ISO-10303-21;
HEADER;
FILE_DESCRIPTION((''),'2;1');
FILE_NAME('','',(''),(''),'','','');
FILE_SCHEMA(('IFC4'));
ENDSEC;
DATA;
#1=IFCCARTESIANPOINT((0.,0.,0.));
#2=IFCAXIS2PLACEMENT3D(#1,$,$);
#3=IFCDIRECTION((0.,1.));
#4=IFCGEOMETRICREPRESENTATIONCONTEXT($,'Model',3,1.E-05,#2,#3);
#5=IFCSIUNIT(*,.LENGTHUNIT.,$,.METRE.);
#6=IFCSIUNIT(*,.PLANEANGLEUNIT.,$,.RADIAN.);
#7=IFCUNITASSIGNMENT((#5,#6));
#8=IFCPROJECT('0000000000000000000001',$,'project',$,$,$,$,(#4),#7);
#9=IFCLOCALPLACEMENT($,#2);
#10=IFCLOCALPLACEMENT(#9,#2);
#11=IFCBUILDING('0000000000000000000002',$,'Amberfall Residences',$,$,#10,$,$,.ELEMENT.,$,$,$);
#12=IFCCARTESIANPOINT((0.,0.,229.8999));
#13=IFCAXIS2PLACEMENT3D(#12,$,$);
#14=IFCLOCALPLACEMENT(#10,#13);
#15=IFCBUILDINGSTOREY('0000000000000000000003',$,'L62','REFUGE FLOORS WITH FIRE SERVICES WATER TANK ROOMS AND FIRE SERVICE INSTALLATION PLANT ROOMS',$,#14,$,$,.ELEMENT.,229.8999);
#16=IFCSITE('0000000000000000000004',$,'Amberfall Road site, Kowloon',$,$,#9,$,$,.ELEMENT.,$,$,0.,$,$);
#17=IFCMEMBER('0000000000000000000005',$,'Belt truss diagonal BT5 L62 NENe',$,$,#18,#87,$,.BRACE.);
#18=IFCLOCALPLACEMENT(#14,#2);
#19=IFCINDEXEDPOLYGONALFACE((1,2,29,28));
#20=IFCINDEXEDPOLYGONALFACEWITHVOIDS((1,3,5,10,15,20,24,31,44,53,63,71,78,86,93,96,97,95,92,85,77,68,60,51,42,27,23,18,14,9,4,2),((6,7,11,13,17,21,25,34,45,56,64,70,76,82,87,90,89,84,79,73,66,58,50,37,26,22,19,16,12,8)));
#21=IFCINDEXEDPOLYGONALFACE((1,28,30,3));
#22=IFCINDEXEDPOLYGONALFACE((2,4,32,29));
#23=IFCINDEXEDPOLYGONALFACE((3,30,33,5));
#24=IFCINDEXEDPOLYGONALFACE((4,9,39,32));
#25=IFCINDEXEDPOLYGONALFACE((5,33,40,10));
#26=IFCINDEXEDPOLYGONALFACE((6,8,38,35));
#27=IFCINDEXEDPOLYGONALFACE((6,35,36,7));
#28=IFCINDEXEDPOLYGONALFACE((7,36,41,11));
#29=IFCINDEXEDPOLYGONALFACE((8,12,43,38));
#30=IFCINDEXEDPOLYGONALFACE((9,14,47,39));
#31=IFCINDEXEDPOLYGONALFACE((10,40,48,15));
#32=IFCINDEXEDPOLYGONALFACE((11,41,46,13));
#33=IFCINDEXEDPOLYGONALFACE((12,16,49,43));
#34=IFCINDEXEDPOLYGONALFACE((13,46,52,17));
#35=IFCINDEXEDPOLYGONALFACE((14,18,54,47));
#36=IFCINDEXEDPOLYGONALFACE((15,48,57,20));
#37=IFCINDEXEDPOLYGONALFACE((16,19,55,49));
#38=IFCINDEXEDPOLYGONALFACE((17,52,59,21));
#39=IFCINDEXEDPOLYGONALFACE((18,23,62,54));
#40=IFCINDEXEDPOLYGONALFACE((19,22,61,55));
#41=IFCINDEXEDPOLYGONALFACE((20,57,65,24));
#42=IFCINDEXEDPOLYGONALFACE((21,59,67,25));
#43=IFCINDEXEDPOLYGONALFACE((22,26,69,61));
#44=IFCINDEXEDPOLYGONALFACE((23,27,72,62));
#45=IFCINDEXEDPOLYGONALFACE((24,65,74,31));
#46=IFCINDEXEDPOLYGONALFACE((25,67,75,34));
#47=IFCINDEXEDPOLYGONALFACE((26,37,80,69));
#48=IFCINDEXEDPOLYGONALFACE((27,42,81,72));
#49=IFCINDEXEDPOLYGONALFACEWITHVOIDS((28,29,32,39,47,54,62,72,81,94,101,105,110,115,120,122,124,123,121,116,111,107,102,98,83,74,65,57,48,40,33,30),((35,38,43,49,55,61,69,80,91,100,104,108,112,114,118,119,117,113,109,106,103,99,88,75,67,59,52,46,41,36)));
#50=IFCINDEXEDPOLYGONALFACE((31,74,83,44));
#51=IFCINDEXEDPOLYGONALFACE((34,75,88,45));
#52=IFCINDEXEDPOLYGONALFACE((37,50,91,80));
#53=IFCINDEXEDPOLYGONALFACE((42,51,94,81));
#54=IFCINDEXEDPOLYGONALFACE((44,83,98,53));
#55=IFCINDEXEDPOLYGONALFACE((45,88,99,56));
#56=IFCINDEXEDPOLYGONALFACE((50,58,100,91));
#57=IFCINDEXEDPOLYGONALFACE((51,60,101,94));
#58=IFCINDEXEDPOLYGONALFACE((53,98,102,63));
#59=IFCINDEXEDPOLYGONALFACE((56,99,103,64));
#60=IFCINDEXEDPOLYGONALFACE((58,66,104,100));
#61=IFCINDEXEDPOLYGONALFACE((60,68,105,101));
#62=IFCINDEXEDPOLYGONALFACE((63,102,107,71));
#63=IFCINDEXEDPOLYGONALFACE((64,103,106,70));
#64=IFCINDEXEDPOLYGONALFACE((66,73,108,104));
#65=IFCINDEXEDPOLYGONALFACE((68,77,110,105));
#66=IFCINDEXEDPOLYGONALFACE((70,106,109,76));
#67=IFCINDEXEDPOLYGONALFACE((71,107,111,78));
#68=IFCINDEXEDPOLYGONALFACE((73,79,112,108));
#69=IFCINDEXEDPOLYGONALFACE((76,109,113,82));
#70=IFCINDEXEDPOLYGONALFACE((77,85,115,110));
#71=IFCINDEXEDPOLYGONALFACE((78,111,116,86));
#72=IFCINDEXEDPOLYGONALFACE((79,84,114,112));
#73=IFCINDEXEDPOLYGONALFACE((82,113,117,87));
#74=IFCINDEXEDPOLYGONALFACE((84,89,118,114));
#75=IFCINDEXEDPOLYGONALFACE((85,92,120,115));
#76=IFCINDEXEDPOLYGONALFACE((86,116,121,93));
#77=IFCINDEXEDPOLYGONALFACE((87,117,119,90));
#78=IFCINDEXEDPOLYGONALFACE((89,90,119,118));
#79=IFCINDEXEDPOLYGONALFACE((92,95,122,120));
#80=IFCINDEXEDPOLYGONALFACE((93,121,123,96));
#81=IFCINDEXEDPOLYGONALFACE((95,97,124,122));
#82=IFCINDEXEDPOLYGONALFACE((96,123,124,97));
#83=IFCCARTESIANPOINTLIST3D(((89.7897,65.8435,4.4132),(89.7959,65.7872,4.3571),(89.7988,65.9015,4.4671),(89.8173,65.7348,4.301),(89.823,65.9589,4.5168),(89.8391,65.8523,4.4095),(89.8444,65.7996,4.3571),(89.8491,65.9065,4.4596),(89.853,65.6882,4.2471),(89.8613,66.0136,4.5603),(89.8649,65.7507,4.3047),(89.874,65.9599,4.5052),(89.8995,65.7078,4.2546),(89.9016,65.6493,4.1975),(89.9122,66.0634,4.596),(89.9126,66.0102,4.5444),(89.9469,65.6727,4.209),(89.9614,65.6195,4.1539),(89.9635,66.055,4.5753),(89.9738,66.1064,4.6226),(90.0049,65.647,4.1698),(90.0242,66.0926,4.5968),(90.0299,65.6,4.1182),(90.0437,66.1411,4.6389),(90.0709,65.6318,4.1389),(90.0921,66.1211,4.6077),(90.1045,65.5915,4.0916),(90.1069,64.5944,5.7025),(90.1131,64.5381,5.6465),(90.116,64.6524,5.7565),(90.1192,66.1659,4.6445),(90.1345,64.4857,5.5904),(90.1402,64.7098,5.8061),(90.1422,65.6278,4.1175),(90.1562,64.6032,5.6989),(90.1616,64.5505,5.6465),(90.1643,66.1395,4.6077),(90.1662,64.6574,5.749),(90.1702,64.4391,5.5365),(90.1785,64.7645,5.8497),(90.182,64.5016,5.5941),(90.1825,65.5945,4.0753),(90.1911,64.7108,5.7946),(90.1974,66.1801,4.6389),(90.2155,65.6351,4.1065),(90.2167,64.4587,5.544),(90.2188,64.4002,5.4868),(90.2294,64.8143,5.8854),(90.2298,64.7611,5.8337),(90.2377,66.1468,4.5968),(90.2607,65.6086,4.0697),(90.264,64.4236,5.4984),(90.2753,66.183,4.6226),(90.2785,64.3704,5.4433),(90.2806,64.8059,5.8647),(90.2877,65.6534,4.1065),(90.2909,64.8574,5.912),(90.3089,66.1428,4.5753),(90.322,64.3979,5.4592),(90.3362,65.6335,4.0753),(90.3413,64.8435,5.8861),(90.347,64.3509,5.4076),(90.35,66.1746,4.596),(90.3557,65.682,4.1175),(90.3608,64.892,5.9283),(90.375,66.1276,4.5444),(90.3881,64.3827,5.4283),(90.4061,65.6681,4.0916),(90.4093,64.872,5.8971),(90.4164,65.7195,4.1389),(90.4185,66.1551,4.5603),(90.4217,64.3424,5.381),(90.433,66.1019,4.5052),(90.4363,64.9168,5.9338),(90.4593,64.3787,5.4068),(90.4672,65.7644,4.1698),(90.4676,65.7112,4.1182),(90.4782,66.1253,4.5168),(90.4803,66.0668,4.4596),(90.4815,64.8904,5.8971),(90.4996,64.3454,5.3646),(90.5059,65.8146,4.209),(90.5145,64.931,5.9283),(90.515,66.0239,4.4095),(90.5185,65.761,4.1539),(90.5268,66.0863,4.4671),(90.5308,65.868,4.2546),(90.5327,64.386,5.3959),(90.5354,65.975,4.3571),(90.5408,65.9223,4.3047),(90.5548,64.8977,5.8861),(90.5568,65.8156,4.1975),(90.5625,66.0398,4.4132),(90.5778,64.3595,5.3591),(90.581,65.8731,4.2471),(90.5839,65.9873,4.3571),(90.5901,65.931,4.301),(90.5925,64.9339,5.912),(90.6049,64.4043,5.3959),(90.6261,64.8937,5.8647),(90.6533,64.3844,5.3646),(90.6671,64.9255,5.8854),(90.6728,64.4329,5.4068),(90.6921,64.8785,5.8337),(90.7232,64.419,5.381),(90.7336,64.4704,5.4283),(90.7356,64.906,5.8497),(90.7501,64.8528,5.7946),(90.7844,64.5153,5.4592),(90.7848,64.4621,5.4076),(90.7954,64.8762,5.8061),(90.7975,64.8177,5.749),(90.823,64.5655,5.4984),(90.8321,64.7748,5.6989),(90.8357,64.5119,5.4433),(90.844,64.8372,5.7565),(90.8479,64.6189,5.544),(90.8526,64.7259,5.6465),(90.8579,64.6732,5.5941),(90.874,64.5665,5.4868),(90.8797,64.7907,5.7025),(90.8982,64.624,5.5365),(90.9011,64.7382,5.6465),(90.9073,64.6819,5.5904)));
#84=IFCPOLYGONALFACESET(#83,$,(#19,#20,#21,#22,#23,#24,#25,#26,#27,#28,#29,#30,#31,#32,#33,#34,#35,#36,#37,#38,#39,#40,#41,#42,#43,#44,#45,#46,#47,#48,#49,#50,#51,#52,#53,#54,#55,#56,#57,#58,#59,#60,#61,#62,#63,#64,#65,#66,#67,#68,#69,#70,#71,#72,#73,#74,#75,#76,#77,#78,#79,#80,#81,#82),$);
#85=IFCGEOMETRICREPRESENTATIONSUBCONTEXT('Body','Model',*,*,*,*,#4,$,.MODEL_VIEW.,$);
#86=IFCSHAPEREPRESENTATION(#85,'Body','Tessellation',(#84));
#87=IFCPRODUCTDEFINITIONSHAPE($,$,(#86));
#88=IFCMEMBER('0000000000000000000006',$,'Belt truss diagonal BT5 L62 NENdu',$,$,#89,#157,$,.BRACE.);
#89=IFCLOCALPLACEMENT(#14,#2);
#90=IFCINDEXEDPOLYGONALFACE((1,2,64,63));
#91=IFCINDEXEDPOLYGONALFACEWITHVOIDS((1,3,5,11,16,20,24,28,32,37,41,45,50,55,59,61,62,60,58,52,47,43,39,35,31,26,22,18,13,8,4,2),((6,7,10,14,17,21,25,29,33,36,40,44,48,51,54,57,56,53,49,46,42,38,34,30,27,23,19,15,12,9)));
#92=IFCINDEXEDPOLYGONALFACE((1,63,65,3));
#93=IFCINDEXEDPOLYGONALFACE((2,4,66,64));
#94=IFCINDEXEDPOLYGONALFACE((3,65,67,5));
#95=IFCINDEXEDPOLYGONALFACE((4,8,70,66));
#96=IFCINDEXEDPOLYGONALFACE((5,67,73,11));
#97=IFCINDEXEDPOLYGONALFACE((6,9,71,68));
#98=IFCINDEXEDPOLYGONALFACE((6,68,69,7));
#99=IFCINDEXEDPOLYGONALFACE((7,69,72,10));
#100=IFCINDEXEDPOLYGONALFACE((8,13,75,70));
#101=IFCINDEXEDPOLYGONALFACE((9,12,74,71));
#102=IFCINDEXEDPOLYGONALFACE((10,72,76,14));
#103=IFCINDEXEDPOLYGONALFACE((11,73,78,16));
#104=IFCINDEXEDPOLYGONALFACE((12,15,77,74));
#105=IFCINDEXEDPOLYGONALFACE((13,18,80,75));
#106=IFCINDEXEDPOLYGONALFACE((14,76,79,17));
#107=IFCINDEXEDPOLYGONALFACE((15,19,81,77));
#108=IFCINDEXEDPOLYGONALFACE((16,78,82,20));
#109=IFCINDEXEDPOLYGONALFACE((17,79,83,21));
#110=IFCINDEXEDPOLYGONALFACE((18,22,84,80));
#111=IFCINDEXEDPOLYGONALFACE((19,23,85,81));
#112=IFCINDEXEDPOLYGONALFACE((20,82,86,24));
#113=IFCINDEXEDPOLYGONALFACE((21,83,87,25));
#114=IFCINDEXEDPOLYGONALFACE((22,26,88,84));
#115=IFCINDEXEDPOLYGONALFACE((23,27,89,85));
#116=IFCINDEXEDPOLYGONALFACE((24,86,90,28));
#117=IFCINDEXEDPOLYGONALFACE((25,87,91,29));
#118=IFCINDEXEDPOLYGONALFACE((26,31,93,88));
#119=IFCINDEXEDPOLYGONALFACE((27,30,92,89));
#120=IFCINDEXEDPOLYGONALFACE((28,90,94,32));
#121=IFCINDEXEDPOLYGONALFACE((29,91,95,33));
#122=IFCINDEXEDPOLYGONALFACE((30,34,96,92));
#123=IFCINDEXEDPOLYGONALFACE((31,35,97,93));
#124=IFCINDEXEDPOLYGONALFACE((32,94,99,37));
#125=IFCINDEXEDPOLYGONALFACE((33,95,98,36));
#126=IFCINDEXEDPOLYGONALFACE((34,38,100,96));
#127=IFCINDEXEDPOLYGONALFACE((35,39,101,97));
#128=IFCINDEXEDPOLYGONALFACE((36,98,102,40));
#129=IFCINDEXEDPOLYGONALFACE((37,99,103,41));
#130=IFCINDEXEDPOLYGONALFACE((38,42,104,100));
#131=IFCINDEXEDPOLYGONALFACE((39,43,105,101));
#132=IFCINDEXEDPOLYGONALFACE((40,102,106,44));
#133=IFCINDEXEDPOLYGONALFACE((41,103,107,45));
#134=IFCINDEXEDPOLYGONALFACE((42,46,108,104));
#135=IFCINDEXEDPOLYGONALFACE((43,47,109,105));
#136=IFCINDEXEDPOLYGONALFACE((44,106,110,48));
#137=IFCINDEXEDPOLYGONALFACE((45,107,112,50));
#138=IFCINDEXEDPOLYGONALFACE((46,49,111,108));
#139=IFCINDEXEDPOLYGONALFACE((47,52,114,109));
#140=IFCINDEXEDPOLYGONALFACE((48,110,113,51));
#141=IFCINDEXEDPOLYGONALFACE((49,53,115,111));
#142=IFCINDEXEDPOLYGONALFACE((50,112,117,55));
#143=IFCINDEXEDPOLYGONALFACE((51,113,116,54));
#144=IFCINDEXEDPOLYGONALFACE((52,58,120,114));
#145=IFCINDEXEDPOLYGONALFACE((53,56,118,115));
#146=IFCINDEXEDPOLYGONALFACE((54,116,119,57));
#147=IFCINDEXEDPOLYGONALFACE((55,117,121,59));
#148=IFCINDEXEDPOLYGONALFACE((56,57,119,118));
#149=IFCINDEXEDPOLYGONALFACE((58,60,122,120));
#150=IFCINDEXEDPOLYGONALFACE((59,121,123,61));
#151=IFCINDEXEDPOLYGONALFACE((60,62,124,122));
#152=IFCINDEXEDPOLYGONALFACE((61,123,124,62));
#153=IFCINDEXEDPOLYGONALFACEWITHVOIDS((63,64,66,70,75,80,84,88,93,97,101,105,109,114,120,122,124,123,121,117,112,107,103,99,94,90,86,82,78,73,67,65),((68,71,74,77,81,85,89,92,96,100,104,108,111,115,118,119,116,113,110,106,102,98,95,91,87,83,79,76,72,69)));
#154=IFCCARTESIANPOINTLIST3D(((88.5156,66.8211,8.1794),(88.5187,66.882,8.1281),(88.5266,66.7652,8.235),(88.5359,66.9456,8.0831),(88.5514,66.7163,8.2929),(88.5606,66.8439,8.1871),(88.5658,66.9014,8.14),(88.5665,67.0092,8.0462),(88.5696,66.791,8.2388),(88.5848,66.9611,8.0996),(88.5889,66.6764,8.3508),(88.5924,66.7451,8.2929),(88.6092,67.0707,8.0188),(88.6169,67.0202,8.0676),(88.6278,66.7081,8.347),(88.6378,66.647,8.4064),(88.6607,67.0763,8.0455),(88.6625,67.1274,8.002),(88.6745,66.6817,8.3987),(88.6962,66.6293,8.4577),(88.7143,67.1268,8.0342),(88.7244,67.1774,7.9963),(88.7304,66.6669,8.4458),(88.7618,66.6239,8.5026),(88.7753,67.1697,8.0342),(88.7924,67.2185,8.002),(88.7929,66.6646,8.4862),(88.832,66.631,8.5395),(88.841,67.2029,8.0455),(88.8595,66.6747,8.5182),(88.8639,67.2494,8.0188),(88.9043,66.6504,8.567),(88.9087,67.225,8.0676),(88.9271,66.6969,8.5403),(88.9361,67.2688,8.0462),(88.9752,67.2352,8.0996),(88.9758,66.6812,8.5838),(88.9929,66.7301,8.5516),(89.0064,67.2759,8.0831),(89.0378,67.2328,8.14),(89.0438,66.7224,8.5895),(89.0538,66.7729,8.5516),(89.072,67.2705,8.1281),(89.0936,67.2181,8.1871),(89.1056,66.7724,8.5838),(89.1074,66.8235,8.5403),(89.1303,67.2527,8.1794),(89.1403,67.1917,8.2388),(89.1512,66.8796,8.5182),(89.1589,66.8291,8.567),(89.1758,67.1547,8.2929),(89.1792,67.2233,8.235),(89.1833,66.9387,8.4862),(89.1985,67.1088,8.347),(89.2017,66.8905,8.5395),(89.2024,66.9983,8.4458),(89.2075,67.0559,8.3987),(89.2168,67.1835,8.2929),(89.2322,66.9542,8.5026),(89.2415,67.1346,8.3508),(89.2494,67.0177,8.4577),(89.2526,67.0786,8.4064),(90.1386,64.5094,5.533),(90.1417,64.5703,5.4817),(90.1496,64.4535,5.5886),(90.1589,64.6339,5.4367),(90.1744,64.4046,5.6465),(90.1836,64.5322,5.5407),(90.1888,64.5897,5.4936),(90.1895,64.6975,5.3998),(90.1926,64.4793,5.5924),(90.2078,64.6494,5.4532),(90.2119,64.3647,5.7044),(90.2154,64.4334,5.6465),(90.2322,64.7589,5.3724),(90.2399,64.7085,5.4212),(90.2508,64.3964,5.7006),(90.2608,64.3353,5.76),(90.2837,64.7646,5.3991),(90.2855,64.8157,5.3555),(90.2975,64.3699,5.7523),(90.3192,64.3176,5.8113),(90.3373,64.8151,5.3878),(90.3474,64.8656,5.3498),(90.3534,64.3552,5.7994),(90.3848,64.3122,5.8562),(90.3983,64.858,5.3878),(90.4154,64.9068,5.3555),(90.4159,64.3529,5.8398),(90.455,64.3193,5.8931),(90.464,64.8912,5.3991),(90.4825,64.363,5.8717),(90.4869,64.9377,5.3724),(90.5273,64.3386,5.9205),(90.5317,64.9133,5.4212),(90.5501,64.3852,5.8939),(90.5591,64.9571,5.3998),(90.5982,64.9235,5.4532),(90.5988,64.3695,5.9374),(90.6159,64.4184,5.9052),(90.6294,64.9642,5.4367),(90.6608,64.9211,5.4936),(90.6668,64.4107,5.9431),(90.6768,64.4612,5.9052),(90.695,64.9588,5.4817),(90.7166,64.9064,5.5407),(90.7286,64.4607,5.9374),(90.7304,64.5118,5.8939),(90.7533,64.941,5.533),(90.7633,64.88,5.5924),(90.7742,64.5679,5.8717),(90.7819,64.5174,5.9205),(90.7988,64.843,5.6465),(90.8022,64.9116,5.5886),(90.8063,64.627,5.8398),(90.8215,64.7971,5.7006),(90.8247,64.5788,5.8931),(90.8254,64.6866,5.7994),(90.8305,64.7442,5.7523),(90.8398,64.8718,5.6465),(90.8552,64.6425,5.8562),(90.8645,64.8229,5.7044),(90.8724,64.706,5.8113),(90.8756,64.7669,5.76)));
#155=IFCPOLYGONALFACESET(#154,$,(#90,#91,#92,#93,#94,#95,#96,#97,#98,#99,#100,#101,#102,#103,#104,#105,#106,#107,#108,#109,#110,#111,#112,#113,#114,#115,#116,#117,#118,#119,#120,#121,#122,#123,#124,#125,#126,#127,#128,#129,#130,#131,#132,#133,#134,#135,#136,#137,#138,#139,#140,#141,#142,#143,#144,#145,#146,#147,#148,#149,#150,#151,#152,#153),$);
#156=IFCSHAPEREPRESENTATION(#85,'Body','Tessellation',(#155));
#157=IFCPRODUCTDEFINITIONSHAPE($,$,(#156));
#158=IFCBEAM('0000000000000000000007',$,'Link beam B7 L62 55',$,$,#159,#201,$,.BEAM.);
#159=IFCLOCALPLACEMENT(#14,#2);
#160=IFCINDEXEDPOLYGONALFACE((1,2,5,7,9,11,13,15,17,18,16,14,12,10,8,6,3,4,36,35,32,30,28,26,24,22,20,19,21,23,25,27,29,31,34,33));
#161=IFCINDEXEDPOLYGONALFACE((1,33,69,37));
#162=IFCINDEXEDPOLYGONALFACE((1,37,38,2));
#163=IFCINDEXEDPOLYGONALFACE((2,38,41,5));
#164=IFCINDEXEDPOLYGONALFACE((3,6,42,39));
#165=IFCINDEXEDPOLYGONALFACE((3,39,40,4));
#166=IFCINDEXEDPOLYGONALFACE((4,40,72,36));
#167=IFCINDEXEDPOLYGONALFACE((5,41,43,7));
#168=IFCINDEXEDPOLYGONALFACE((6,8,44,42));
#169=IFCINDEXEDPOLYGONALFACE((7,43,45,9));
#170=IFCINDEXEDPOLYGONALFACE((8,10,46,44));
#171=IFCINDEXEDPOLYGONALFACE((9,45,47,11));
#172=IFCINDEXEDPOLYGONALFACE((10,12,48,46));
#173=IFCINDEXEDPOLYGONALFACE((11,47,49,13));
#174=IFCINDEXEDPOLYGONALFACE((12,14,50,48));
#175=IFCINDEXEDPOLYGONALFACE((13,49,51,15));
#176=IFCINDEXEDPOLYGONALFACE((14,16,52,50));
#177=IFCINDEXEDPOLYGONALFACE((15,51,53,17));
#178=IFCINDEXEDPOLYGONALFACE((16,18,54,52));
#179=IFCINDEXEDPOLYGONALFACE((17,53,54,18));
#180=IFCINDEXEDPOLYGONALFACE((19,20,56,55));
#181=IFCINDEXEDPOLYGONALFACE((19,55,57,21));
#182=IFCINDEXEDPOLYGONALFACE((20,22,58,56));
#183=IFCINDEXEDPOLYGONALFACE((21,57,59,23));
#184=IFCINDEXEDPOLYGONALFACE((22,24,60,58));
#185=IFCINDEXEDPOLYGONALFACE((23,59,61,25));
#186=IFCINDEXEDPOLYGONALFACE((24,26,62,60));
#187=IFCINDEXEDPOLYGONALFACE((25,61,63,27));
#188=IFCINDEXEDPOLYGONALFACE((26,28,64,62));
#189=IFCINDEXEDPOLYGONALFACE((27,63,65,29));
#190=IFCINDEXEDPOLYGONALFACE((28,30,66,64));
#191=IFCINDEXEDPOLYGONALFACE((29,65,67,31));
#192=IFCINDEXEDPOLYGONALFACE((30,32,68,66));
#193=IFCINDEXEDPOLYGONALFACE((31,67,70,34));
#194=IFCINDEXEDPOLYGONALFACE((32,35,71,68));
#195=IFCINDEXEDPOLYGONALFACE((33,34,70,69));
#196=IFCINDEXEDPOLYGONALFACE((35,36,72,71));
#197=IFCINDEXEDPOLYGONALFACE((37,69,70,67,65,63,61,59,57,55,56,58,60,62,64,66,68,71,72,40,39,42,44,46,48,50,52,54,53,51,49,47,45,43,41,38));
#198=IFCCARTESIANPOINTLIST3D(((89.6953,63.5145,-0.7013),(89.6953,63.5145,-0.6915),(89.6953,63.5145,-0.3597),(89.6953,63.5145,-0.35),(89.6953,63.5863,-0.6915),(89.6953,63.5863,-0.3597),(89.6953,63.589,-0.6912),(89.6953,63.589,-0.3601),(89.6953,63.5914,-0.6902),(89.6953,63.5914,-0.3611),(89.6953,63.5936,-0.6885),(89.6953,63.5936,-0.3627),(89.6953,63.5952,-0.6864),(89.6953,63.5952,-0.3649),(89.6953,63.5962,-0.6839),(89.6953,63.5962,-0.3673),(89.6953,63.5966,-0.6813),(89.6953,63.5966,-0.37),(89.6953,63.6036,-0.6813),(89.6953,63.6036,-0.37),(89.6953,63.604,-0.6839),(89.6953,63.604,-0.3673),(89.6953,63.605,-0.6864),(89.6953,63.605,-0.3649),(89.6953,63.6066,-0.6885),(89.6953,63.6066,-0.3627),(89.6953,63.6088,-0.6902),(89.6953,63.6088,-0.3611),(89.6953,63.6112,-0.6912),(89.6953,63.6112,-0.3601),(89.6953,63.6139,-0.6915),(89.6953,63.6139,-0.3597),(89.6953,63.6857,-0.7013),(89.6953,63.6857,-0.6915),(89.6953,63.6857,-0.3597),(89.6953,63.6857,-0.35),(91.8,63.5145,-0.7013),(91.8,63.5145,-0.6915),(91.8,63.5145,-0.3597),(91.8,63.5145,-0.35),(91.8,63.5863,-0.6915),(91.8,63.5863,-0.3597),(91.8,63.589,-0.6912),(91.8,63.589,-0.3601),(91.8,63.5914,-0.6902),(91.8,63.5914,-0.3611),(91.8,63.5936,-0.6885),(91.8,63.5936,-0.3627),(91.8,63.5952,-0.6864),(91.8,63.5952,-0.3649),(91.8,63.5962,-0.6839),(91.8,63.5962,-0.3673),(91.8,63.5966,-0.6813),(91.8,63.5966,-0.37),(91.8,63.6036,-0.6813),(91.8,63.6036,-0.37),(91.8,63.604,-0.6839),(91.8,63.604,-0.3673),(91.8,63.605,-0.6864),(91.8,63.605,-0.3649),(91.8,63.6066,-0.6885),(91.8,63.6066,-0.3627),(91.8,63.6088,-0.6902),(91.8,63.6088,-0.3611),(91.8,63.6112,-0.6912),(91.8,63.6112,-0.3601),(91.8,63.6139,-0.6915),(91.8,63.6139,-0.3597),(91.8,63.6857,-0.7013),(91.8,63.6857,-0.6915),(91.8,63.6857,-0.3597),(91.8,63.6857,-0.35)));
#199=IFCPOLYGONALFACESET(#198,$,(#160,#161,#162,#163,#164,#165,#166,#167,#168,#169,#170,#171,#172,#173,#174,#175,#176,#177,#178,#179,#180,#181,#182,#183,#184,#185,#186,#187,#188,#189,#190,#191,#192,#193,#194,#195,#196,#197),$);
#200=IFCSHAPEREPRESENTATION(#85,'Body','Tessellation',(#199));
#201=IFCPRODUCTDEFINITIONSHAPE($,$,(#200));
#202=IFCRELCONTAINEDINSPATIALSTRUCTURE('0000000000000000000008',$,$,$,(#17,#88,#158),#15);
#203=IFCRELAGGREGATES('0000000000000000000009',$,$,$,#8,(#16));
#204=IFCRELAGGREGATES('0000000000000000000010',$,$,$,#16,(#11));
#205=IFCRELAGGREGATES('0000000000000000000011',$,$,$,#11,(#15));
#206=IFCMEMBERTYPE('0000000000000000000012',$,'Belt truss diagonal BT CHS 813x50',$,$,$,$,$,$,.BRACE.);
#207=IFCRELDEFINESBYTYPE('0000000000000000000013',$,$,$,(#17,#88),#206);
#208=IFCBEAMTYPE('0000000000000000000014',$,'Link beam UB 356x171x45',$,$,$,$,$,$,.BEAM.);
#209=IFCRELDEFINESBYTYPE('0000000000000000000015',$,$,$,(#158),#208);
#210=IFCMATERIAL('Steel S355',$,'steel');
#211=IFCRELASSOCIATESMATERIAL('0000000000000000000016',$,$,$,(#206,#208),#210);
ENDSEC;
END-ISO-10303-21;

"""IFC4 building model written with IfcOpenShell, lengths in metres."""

from ifc_helpers import new_model, si_unit, direction, frame, origin, origin_2d, place, context, subcontext, project, spatial, hollow_circle, i_section, extrude, material, material_profile, profile_set, type_object, element, save


model = new_model("IFC4")

# Units and contexts
model_context = context("Model", 3, precision=1e-05, world=origin(), true_north=direction((0.0, 1.0)))
body_context = subcontext(model_context, "Body", "Model", "MODEL_VIEW")
ifc_project = project(units=[si_unit("LENGTHUNIT", "METRE"), si_unit("PLANEANGLEUNIT", "RADIAN")], contexts=[model_context])

# Site, building, storey
site_placement = place(None, origin())
site = spatial("IfcSite", under=ifc_project, at=site_placement, Name="Amberfall Road site, Kowloon", CompositionType="ELEMENT", RefElevation=0.0)
building_placement = place(site_placement, origin())
building = spatial("IfcBuilding", under=site, at=building_placement, Name="Amberfall Residences", CompositionType="ELEMENT")
storey_placement = place(building_placement, frame((0.0, 0.0, 229.8999)))
storey = spatial("IfcBuildingStorey", under=building, at=storey_placement, Name="L62", Description="REFUGE FLOORS WITH FIRE SERVICES WATER TANK ROOMS AND FIRE SERVICE INSTALLATION PLANT ROOMS", CompositionType="ELEMENT", Elevation=229.8999)

# Shared definitions
ifc_material_1 = material(Name="Steel S355", Category="steel")

# Members
ifc_material_profile_1 = material_profile(ifc_material_1, hollow_circle(Radius=0.4065, WallThickness=0.05, at=origin_2d()), Name="CHS 813x50")
ifc_profile_set_1 = profile_set([ifc_material_profile_1], Name="Steel S355")
member_type = type_object("IfcMemberType", Name="Belt truss diagonal BT CHS 813x50", PredefinedType="BRACE", material=ifc_profile_set_1)
member_1_placement = place(storey_placement, frame((90.5071, 64.6382, 5.6465), z_axis=(-0.173975, 0.685187, -0.707285), x_axis=(-0.969244, -0.2461, 0.0)))
element("IfcMember", 1, at=member_1_placement, inside=storey, type_object=member_type, Name="Belt truss diagonal BT5 L62 NENe", PredefinedType="BRACE", context=body_context, shape_type="SweptSolid", body=[
    extrude(hollow_circle(Radius=0.4065, WallThickness=0.05, at=origin_2d()), origin(), (0.0, 0.0, 1.0), 1.823),
])
member_2_placement = place(storey_placement, frame((90.5071, 64.6382, 5.6465), z_axis=(-0.419315, 0.597246, 0.68372), x_axis=(-0.818431, -0.574605, 0.0)))
element("IfcMember", 2, at=member_2_placement, inside=storey, type_object=member_type, Name="Belt truss diagonal BT5 L62 NENdu", PredefinedType="BRACE", context=body_context, shape_type="SweptSolid", body=[
    extrude(hollow_circle(Radius=0.4065, WallThickness=0.05, at=origin_2d()), origin(), (0.0, 0.0, 1.0), 3.8706),
])

# Beam
ifc_material_profile_2 = material_profile(ifc_material_1, i_section(OverallWidth=0.1711, OverallDepth=0.3513, WebThickness=0.0071, FlangeThickness=0.0098, FilletRadius=0.0103, at=origin_2d()), Name="UB 356x171x45")
ifc_profile_set_2 = profile_set([ifc_material_profile_2], Name="Steel S355")
beam_type_1 = type_object("IfcBeamType", Name="Link beam UB 356x171x45", PredefinedType="BEAM", material=ifc_profile_set_2)
beam_1_placement = place(storey_placement, frame((91.8, 63.6001, -0.5256), z_axis=(-1.0, 0.0, 0.0), x_axis=(0.0, -1.0, 0.0)))
element("IfcBeam", 3, at=beam_1_placement, inside=storey, type_object=beam_type_1, Name="Link beam B7 L62 55", PredefinedType="BEAM", context=body_context, shape_type="SweptSolid", body=[
    extrude(i_section(OverallWidth=0.1711, OverallDepth=0.3513, WebThickness=0.0071, FlangeThickness=0.0098, FilletRadius=0.0103, at=origin_2d()), origin(), (0.0, 0.0, 1.0), 2.1047),
])

save(model, "model.ifc")
